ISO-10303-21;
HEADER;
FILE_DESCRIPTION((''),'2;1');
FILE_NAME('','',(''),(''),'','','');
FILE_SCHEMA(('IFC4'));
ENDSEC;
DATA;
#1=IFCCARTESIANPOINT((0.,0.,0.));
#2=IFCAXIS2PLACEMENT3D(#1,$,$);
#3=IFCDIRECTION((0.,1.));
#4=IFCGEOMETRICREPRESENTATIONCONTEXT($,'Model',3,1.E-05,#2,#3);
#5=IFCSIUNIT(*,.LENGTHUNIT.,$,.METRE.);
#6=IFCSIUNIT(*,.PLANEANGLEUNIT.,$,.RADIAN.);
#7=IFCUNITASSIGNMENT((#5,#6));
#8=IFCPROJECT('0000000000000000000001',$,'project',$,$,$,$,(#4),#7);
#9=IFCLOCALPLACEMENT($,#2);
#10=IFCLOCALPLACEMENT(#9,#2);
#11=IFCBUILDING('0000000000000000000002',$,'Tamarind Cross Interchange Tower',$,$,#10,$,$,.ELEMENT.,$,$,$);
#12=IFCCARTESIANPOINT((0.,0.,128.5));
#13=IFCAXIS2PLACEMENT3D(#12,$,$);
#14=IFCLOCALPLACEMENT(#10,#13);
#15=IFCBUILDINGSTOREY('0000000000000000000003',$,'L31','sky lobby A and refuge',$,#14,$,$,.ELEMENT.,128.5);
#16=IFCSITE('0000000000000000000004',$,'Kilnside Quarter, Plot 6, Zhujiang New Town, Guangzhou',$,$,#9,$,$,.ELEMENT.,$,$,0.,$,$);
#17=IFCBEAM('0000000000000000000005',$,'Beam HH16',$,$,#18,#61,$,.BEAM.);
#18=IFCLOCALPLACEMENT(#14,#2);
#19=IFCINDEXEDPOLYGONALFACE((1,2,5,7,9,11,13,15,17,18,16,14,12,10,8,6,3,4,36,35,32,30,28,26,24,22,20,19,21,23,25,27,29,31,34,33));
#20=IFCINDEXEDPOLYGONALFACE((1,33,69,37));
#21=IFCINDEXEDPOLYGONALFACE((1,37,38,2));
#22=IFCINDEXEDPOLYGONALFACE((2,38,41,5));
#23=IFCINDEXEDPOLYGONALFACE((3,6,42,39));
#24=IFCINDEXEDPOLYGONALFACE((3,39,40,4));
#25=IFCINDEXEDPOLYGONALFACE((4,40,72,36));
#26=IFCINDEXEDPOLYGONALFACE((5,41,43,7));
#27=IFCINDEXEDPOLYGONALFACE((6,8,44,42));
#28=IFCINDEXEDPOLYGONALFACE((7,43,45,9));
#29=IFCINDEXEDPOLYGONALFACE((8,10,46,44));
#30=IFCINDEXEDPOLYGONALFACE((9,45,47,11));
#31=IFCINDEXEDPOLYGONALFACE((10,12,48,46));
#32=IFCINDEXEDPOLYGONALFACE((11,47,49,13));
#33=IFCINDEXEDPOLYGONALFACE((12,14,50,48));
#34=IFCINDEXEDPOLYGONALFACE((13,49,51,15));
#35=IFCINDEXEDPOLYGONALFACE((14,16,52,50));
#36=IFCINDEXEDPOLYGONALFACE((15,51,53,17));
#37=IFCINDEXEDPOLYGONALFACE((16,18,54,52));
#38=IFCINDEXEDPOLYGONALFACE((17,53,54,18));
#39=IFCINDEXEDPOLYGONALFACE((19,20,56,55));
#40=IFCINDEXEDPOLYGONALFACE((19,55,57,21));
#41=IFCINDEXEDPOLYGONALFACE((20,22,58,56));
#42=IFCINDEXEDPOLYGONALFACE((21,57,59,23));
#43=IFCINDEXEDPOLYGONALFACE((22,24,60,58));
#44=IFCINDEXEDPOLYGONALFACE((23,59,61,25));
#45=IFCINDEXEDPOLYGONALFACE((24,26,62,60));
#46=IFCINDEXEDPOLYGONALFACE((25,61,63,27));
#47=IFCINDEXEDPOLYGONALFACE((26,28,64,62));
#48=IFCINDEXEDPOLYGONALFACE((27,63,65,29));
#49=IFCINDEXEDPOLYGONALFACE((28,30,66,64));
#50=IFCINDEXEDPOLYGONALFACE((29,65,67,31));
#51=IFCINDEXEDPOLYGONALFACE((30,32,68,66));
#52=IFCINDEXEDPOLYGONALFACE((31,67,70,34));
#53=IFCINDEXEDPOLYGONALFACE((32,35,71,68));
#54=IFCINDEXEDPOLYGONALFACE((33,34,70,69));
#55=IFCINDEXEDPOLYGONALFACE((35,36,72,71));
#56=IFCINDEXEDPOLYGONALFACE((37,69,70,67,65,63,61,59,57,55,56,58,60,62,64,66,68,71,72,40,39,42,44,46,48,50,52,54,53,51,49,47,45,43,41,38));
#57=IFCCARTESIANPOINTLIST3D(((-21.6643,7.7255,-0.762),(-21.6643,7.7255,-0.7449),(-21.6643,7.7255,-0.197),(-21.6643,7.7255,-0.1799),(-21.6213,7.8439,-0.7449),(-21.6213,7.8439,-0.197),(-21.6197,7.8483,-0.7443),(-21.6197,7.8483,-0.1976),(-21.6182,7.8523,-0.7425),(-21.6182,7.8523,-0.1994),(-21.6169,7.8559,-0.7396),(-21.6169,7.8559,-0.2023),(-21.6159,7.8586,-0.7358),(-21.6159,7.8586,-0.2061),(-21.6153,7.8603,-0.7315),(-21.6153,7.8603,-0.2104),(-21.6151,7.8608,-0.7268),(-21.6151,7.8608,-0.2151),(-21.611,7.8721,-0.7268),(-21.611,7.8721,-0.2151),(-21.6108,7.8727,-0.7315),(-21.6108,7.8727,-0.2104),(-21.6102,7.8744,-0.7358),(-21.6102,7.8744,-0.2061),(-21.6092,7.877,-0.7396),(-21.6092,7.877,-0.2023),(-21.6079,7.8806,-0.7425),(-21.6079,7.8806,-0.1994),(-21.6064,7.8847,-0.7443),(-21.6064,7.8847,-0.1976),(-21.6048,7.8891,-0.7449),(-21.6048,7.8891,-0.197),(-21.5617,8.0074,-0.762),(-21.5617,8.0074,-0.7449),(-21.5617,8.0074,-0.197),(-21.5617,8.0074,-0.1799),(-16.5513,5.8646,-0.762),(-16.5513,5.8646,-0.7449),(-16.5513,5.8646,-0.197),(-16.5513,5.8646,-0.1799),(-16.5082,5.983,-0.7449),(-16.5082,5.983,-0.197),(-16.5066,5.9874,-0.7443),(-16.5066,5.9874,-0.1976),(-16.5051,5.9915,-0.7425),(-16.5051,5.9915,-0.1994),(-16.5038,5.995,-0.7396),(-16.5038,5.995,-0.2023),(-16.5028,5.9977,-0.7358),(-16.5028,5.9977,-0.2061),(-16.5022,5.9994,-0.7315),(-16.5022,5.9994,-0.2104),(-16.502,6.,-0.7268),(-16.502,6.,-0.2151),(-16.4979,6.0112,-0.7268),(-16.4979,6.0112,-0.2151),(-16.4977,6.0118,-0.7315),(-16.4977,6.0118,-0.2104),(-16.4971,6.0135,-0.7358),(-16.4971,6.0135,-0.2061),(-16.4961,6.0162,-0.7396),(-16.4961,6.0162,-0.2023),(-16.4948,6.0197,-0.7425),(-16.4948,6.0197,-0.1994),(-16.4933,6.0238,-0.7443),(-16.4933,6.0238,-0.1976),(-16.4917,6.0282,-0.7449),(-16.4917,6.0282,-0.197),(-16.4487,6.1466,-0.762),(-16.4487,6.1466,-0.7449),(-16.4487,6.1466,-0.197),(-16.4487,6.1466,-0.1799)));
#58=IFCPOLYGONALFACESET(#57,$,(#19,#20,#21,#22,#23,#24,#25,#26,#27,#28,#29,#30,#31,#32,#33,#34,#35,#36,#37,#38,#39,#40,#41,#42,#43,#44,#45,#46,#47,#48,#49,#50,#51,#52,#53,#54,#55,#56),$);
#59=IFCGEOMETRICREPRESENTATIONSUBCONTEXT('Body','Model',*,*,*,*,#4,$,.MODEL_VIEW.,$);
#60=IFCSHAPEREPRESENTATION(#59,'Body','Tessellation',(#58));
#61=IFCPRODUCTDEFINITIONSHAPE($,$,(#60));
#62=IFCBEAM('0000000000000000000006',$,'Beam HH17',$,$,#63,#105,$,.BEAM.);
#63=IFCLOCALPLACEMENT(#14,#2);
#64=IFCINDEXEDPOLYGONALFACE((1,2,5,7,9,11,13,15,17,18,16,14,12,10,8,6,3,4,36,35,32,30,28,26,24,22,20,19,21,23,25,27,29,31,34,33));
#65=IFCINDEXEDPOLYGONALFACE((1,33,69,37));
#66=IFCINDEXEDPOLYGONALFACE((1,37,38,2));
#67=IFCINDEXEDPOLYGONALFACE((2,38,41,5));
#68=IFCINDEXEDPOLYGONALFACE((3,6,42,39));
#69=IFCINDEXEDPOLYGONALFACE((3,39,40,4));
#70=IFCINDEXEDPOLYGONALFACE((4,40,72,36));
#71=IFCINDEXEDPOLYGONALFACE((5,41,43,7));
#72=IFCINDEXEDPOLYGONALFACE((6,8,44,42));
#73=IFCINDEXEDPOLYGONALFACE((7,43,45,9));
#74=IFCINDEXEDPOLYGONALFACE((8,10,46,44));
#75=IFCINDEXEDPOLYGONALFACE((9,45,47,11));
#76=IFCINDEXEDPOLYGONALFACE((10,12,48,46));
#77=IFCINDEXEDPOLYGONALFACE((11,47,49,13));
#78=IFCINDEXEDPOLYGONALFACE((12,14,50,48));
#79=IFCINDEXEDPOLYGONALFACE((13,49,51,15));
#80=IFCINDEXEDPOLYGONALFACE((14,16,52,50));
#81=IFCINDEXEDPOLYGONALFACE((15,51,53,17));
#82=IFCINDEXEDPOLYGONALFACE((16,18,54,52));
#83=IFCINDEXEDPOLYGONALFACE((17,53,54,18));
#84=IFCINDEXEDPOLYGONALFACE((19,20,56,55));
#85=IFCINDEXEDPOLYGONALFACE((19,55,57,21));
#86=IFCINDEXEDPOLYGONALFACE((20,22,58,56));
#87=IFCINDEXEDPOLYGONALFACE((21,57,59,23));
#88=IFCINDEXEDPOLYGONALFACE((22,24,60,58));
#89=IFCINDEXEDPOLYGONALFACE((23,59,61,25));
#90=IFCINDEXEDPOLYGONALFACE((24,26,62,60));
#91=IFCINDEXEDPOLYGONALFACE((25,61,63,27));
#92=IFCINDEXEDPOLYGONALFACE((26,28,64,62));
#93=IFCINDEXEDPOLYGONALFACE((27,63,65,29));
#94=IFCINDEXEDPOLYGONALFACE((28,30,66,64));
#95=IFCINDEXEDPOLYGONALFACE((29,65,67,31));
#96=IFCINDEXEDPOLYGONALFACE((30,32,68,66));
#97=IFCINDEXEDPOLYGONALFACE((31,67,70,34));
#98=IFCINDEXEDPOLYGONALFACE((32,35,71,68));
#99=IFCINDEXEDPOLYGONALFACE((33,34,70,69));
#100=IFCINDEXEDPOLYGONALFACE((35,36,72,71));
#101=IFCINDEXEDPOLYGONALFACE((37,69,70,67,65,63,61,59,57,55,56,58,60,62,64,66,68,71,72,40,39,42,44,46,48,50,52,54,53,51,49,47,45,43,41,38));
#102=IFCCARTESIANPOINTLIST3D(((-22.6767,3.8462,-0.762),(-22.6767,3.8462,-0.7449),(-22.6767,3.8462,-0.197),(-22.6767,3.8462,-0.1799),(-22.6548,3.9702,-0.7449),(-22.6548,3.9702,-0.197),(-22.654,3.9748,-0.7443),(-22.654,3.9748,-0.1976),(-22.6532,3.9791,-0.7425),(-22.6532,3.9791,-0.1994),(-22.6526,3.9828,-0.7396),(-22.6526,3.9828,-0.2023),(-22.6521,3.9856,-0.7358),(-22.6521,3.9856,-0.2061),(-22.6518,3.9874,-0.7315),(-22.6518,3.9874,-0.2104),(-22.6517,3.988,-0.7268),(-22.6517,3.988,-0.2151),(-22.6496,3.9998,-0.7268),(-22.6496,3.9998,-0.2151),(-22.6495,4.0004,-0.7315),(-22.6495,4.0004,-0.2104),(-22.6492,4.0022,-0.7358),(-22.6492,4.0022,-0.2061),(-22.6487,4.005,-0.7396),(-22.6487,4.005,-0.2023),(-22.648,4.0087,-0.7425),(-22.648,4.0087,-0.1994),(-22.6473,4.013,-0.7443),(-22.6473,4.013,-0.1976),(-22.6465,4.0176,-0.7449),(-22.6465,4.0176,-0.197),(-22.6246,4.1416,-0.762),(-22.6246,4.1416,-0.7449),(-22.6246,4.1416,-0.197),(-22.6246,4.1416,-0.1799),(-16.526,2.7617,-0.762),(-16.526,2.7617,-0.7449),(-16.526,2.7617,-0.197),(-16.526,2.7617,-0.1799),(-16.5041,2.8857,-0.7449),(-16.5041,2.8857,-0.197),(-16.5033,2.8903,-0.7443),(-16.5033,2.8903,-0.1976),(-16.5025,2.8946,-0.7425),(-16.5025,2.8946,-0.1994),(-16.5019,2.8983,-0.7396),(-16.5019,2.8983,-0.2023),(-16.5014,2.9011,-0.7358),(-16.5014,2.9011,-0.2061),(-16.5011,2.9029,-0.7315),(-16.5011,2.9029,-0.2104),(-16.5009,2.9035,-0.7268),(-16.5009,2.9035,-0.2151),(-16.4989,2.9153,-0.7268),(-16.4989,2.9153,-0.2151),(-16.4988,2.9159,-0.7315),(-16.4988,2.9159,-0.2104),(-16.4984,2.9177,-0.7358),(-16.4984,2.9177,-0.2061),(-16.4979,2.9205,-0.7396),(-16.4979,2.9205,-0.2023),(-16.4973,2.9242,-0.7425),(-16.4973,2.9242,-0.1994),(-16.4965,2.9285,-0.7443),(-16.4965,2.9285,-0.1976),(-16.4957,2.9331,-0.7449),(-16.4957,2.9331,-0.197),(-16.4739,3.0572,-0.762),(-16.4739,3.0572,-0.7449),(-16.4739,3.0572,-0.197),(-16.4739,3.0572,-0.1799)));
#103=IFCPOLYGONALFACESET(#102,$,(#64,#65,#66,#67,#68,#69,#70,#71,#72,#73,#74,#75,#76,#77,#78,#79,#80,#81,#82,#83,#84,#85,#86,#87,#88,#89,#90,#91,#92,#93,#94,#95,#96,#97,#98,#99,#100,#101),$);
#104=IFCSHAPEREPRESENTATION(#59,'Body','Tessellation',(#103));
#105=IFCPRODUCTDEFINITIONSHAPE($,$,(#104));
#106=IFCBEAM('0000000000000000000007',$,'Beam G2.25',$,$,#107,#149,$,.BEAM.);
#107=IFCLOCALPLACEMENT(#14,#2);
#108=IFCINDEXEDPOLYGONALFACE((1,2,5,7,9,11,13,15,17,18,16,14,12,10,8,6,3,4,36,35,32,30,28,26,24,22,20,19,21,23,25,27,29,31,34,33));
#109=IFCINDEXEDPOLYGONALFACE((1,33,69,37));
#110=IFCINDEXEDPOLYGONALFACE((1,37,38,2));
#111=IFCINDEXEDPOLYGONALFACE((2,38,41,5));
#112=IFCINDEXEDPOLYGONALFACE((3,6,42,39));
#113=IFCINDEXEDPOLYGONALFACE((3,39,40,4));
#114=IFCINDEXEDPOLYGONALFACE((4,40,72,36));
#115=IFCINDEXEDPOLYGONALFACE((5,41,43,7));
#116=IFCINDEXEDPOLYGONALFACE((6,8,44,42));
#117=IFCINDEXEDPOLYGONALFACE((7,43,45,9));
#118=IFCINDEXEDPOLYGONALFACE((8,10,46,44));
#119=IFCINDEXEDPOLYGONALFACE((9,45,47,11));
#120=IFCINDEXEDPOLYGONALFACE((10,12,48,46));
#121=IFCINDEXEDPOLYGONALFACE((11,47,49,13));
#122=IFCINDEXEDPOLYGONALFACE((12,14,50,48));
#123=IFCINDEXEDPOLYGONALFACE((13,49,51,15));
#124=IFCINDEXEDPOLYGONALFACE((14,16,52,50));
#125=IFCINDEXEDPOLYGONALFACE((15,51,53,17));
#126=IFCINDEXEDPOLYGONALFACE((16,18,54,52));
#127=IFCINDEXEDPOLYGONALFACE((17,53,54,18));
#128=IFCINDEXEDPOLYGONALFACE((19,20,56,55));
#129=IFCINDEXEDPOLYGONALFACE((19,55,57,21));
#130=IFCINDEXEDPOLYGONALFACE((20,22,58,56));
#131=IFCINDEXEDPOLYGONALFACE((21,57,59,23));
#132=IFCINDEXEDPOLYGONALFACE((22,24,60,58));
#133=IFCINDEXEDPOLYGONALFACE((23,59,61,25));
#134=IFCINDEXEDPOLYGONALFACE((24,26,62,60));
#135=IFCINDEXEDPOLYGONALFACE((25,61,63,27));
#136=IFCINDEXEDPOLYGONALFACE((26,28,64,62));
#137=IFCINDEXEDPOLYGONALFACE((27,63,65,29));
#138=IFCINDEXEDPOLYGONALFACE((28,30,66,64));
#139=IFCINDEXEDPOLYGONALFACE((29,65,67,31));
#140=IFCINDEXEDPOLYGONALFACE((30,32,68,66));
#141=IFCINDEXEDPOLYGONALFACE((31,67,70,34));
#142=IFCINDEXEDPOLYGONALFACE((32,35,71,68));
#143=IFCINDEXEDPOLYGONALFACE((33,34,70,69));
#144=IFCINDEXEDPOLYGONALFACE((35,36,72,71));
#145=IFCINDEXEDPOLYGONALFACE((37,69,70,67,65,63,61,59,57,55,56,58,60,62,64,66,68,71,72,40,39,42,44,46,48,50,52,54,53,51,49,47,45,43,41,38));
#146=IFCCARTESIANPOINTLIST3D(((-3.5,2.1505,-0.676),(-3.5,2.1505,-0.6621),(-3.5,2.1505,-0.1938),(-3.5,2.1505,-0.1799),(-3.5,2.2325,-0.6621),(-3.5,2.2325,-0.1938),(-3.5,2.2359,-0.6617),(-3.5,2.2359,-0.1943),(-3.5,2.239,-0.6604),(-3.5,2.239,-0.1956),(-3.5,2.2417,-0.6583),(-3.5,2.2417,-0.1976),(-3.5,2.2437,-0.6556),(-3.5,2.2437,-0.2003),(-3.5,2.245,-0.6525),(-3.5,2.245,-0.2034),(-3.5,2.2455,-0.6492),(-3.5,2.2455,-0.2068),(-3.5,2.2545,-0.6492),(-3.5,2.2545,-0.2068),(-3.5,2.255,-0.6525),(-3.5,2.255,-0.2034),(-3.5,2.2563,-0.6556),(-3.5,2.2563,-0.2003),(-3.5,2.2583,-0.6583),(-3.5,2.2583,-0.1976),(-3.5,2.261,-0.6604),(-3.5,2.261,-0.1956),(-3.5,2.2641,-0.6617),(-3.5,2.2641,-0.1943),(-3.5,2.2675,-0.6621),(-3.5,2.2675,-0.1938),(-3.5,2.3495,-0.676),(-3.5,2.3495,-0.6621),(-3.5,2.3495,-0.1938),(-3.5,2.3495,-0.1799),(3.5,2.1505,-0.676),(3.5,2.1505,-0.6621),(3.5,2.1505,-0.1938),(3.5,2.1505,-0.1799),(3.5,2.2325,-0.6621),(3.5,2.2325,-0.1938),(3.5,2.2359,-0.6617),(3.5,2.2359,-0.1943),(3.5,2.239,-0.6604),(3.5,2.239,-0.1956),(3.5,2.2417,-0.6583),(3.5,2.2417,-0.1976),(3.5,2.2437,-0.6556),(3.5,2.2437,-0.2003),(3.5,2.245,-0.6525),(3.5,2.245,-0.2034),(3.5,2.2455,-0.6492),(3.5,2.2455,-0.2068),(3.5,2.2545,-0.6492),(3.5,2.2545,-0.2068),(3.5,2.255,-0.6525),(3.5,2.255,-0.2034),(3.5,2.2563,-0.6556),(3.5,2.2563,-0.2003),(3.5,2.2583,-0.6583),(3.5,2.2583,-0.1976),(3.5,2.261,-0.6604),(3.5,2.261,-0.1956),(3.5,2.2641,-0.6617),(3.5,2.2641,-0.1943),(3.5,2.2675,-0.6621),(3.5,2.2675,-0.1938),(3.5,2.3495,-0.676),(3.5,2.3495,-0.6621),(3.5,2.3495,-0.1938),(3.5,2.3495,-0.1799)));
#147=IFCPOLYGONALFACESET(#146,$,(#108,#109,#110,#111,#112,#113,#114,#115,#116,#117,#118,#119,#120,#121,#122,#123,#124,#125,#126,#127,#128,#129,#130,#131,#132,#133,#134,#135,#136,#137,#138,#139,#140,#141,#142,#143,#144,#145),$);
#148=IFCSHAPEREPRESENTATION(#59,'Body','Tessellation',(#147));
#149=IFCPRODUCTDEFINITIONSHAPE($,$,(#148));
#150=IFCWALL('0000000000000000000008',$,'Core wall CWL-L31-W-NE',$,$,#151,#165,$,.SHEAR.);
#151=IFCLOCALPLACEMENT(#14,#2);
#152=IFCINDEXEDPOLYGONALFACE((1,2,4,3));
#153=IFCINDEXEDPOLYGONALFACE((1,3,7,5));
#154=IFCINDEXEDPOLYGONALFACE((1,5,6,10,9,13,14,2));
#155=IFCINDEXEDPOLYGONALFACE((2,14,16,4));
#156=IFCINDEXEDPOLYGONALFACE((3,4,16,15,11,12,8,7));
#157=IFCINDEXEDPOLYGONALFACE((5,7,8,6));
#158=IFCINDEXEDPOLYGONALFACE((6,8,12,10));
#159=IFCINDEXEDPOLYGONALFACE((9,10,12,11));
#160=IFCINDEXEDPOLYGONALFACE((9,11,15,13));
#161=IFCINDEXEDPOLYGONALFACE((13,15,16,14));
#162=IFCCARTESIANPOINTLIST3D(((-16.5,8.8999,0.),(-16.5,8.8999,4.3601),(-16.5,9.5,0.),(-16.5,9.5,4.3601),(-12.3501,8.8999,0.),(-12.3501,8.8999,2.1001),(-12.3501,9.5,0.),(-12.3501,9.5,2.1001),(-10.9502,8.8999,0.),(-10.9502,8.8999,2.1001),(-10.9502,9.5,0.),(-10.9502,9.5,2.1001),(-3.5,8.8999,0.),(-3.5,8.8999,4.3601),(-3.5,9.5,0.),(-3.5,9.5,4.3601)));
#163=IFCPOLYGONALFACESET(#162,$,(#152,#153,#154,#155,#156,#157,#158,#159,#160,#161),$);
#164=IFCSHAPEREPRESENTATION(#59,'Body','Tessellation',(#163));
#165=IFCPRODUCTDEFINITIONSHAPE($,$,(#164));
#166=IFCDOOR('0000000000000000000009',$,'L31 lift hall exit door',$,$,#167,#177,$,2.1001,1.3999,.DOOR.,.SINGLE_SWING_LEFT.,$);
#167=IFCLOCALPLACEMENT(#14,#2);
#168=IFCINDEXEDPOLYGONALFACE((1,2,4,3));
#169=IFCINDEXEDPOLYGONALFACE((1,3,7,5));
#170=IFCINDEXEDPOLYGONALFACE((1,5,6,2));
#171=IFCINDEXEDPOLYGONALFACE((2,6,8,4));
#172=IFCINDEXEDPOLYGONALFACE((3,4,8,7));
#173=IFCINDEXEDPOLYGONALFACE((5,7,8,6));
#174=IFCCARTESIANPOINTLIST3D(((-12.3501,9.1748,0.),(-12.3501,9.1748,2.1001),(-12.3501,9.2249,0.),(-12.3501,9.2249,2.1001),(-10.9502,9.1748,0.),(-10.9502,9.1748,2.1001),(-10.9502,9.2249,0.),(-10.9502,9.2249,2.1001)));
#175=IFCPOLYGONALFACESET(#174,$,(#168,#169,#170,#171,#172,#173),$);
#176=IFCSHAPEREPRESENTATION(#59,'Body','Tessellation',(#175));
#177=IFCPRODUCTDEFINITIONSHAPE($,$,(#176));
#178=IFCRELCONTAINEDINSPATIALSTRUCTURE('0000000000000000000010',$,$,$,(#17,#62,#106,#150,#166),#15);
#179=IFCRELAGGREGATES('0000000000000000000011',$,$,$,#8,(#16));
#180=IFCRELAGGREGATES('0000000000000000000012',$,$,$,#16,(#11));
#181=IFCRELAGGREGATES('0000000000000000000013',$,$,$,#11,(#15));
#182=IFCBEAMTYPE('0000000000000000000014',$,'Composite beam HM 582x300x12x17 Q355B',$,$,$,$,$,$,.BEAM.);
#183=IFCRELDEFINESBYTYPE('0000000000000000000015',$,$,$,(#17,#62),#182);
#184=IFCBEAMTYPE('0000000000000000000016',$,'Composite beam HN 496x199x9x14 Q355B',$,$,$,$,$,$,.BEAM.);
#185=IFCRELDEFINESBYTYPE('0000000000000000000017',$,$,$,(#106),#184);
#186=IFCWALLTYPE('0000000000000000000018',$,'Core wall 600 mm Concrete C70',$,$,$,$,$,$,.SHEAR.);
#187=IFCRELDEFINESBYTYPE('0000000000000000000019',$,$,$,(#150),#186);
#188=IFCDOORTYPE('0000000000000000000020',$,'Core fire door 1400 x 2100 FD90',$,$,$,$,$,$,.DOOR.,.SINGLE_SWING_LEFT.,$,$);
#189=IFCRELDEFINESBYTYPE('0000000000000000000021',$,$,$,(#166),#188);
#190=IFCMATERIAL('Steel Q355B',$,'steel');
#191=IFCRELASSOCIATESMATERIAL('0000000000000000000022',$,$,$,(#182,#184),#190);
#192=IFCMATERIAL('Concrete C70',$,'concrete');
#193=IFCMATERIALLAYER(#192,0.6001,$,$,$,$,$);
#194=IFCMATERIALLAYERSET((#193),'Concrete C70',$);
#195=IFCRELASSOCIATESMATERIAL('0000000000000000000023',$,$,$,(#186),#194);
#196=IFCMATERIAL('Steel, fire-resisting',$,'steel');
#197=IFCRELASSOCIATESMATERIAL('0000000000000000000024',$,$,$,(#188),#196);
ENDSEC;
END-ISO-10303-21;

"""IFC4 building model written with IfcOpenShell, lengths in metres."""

from ifc_helpers import new_model, si_unit, direction, frame, frame_2d, origin, origin_2d, place, context, subcontext, project, spatial, rectangle, i_section, extrude, material, layer, layer_set, material_profile, profile_set, type_object, element, fill, save


model = new_model("IFC4")

# Units and contexts
model_context = context("Model", 3, precision=1e-05, world=origin(), true_north=direction((0.0, 1.0)))
body_context = subcontext(model_context, "Body", "Model", "MODEL_VIEW")
ifc_project = project(units=[si_unit("LENGTHUNIT", "METRE"), si_unit("PLANEANGLEUNIT", "RADIAN")], contexts=[model_context])

# Site, building, storey
site_placement = place(None, origin())
site = spatial("IfcSite", under=ifc_project, at=site_placement, Name="Kilnside Quarter, Plot 6, Zhujiang New Town, Guangzhou", CompositionType="ELEMENT", RefElevation=0.0)
building_placement = place(site_placement, origin())
building = spatial("IfcBuilding", under=site, at=building_placement, Name="Tamarind Cross Interchange Tower", CompositionType="ELEMENT")
storey_placement = place(building_placement, frame((0.0, 0.0, 128.5)))
storey = spatial("IfcBuildingStorey", under=building, at=storey_placement, Name="L31", Description="sky lobby A and refuge", CompositionType="ELEMENT", Elevation=128.5)

# Beams
ifc_material_1 = material(Name="Steel Q355B", Category="steel")
ifc_material_profile_1 = material_profile(ifc_material_1, i_section(OverallWidth=0.3, OverallDepth=0.582, WebThickness=0.012, FlangeThickness=0.0171, FilletRadius=0.0181, at=origin_2d()), Name="HM 582x300x12x17")
ifc_profile_set_1 = profile_set([ifc_material_profile_1], Name="Steel Q355B")
beam_type_1 = type_object("IfcBeamType", Name="Composite beam HM 582x300x12x17 Q355B", PredefinedType="BEAM", material=ifc_profile_set_1)
beam_1_placement = place(storey_placement, frame((-21.613, 7.8665, -0.4709), z_axis=(0.939702, -0.341995, 0.0), x_axis=(0.341995, 0.939702, 0.0)))
element("IfcBeam", 1, at=beam_1_placement, inside=storey, type_object=beam_type_1, Name="Beam HH16", PredefinedType="BEAM", context=body_context, shape_type="SweptSolid", body=[
    extrude(i_section(OverallWidth=0.3, OverallDepth=0.582, WebThickness=0.012, FlangeThickness=0.0171, FilletRadius=0.0181, at=origin_2d()), origin(), (0.0, 0.0, 1.0), 5.4412),
])
beam_2_placement = place(storey_placement, frame((-22.6506, 3.9939, -0.4709), z_axis=(0.984809, -0.17364, 0.0), x_axis=(0.17364, 0.984809, 0.0)))
element("IfcBeam", 2, at=beam_2_placement, inside=storey, type_object=beam_type_1, Name="Beam HH17", PredefinedType="BEAM", context=body_context, shape_type="SweptSolid", body=[
    extrude(i_section(OverallWidth=0.3, OverallDepth=0.582, WebThickness=0.012, FlangeThickness=0.0171, FilletRadius=0.0181, at=origin_2d()), origin(), (0.0, 0.0, 1.0), 6.2456),
])
ifc_material_profile_2 = material_profile(ifc_material_1, i_section(OverallWidth=0.199, OverallDepth=0.4961, WebThickness=0.009, FlangeThickness=0.0139, FilletRadius=0.0129, at=origin_2d()), Name="HN 496x199x9x14")
ifc_profile_set_2 = profile_set([ifc_material_profile_2], Name="Steel Q355B")
beam_type_2 = type_object("IfcBeamType", Name="Composite beam HN 496x199x9x14 Q355B", PredefinedType="BEAM", material=ifc_profile_set_2)
beam_3_placement = place(storey_placement, frame((-3.5, 2.25, -0.428), z_axis=(1.0, 0.0, 0.0), x_axis=(0.0, 1.0, 0.0)))
element("IfcBeam", 3, at=beam_3_placement, inside=storey, type_object=beam_type_2, Name="Beam G2.25", PredefinedType="BEAM", context=body_context, shape_type="SweptSolid", body=[
    extrude(i_section(OverallWidth=0.199, OverallDepth=0.4961, WebThickness=0.009, FlangeThickness=0.0139, FilletRadius=0.0129, at=origin_2d()), origin(), (0.0, 0.0, 1.0), 7.0),
])

# Wall, opening, door
ifc_material_2 = material(Name="Concrete C70", Category="concrete")
ifc_layer_1 = layer(ifc_material_2, 0.6001)
ifc_layer_set_1 = layer_set([ifc_layer_1], Name="Concrete C70")
wall_type_1 = type_object("IfcWallType", Name="Core wall 600 mm Concrete C70", PredefinedType="SHEAR", material=ifc_layer_set_1)
wall_1_placement = place(storey_placement, frame((-16.5, 9.2, 0.0), z_axis=(0.0, 0.0, 1.0), x_axis=(1.0, 0.0, 0.0)))
wall_1 = element("IfcWall", 4, at=wall_1_placement, inside=storey, type_object=wall_type_1, Name="Core wall CWL-L31-W-NE", PredefinedType="SHEAR", context=body_context, shape_type="SweptSolid", body=[
    extrude(rectangle(XDim=13.0, YDim=0.6001, at=frame_2d((6.5, 0.0))), origin(), (0.0, 0.0, 1.0), 4.3601),
])
opening_1_placement = place(wall_1_placement, frame((4.1499, 0.0, 0.0)))
opening_1 = element("IfcOpeningElement", 5, at=opening_1_placement, cuts=wall_1, PredefinedType="OPENING", context=body_context, shape_type="SweptSolid", body=[
    extrude(rectangle(XDim=1.3999, YDim=2.1001, at=frame_2d((0.7, 1.05))), frame((0.0, 0.3101, 0.0), z_axis=(0.0, -1.0, 0.0), x_axis=(1.0, 0.0, 0.0)), (0.0, 0.0, 1.0), 0.6201),
])
ifc_material_3 = material(Name="Steel, fire-resisting", Category="steel")
door_type_1 = type_object("IfcDoorType", Name="Core fire door 1400 x 2100 FD90", OperationType="SINGLE_SWING_LEFT", PredefinedType="DOOR", material=ifc_material_3)
door_1_placement = place(opening_1_placement, origin())
door_1 = element("IfcDoor", 6, at=door_1_placement, inside=storey, type_object=door_type_1, Name="L31 lift hall exit door", OperationType="SINGLE_SWING_LEFT", OverallHeight=2.1001, OverallWidth=1.3999, PredefinedType="DOOR", context=body_context, shape_type="SweptSolid", body=[
    extrude(rectangle(XDim=1.3999, YDim=2.1001, at=frame_2d((0.7, 1.05))), frame((0.0, 0.0249, 0.0), z_axis=(0.0, -1.0, 0.0), x_axis=(1.0, 0.0, 0.0)), (0.0, 0.0, 1.0), 0.05),
])
fill(opening_1, door_1)

save(model, "model.ifc")
